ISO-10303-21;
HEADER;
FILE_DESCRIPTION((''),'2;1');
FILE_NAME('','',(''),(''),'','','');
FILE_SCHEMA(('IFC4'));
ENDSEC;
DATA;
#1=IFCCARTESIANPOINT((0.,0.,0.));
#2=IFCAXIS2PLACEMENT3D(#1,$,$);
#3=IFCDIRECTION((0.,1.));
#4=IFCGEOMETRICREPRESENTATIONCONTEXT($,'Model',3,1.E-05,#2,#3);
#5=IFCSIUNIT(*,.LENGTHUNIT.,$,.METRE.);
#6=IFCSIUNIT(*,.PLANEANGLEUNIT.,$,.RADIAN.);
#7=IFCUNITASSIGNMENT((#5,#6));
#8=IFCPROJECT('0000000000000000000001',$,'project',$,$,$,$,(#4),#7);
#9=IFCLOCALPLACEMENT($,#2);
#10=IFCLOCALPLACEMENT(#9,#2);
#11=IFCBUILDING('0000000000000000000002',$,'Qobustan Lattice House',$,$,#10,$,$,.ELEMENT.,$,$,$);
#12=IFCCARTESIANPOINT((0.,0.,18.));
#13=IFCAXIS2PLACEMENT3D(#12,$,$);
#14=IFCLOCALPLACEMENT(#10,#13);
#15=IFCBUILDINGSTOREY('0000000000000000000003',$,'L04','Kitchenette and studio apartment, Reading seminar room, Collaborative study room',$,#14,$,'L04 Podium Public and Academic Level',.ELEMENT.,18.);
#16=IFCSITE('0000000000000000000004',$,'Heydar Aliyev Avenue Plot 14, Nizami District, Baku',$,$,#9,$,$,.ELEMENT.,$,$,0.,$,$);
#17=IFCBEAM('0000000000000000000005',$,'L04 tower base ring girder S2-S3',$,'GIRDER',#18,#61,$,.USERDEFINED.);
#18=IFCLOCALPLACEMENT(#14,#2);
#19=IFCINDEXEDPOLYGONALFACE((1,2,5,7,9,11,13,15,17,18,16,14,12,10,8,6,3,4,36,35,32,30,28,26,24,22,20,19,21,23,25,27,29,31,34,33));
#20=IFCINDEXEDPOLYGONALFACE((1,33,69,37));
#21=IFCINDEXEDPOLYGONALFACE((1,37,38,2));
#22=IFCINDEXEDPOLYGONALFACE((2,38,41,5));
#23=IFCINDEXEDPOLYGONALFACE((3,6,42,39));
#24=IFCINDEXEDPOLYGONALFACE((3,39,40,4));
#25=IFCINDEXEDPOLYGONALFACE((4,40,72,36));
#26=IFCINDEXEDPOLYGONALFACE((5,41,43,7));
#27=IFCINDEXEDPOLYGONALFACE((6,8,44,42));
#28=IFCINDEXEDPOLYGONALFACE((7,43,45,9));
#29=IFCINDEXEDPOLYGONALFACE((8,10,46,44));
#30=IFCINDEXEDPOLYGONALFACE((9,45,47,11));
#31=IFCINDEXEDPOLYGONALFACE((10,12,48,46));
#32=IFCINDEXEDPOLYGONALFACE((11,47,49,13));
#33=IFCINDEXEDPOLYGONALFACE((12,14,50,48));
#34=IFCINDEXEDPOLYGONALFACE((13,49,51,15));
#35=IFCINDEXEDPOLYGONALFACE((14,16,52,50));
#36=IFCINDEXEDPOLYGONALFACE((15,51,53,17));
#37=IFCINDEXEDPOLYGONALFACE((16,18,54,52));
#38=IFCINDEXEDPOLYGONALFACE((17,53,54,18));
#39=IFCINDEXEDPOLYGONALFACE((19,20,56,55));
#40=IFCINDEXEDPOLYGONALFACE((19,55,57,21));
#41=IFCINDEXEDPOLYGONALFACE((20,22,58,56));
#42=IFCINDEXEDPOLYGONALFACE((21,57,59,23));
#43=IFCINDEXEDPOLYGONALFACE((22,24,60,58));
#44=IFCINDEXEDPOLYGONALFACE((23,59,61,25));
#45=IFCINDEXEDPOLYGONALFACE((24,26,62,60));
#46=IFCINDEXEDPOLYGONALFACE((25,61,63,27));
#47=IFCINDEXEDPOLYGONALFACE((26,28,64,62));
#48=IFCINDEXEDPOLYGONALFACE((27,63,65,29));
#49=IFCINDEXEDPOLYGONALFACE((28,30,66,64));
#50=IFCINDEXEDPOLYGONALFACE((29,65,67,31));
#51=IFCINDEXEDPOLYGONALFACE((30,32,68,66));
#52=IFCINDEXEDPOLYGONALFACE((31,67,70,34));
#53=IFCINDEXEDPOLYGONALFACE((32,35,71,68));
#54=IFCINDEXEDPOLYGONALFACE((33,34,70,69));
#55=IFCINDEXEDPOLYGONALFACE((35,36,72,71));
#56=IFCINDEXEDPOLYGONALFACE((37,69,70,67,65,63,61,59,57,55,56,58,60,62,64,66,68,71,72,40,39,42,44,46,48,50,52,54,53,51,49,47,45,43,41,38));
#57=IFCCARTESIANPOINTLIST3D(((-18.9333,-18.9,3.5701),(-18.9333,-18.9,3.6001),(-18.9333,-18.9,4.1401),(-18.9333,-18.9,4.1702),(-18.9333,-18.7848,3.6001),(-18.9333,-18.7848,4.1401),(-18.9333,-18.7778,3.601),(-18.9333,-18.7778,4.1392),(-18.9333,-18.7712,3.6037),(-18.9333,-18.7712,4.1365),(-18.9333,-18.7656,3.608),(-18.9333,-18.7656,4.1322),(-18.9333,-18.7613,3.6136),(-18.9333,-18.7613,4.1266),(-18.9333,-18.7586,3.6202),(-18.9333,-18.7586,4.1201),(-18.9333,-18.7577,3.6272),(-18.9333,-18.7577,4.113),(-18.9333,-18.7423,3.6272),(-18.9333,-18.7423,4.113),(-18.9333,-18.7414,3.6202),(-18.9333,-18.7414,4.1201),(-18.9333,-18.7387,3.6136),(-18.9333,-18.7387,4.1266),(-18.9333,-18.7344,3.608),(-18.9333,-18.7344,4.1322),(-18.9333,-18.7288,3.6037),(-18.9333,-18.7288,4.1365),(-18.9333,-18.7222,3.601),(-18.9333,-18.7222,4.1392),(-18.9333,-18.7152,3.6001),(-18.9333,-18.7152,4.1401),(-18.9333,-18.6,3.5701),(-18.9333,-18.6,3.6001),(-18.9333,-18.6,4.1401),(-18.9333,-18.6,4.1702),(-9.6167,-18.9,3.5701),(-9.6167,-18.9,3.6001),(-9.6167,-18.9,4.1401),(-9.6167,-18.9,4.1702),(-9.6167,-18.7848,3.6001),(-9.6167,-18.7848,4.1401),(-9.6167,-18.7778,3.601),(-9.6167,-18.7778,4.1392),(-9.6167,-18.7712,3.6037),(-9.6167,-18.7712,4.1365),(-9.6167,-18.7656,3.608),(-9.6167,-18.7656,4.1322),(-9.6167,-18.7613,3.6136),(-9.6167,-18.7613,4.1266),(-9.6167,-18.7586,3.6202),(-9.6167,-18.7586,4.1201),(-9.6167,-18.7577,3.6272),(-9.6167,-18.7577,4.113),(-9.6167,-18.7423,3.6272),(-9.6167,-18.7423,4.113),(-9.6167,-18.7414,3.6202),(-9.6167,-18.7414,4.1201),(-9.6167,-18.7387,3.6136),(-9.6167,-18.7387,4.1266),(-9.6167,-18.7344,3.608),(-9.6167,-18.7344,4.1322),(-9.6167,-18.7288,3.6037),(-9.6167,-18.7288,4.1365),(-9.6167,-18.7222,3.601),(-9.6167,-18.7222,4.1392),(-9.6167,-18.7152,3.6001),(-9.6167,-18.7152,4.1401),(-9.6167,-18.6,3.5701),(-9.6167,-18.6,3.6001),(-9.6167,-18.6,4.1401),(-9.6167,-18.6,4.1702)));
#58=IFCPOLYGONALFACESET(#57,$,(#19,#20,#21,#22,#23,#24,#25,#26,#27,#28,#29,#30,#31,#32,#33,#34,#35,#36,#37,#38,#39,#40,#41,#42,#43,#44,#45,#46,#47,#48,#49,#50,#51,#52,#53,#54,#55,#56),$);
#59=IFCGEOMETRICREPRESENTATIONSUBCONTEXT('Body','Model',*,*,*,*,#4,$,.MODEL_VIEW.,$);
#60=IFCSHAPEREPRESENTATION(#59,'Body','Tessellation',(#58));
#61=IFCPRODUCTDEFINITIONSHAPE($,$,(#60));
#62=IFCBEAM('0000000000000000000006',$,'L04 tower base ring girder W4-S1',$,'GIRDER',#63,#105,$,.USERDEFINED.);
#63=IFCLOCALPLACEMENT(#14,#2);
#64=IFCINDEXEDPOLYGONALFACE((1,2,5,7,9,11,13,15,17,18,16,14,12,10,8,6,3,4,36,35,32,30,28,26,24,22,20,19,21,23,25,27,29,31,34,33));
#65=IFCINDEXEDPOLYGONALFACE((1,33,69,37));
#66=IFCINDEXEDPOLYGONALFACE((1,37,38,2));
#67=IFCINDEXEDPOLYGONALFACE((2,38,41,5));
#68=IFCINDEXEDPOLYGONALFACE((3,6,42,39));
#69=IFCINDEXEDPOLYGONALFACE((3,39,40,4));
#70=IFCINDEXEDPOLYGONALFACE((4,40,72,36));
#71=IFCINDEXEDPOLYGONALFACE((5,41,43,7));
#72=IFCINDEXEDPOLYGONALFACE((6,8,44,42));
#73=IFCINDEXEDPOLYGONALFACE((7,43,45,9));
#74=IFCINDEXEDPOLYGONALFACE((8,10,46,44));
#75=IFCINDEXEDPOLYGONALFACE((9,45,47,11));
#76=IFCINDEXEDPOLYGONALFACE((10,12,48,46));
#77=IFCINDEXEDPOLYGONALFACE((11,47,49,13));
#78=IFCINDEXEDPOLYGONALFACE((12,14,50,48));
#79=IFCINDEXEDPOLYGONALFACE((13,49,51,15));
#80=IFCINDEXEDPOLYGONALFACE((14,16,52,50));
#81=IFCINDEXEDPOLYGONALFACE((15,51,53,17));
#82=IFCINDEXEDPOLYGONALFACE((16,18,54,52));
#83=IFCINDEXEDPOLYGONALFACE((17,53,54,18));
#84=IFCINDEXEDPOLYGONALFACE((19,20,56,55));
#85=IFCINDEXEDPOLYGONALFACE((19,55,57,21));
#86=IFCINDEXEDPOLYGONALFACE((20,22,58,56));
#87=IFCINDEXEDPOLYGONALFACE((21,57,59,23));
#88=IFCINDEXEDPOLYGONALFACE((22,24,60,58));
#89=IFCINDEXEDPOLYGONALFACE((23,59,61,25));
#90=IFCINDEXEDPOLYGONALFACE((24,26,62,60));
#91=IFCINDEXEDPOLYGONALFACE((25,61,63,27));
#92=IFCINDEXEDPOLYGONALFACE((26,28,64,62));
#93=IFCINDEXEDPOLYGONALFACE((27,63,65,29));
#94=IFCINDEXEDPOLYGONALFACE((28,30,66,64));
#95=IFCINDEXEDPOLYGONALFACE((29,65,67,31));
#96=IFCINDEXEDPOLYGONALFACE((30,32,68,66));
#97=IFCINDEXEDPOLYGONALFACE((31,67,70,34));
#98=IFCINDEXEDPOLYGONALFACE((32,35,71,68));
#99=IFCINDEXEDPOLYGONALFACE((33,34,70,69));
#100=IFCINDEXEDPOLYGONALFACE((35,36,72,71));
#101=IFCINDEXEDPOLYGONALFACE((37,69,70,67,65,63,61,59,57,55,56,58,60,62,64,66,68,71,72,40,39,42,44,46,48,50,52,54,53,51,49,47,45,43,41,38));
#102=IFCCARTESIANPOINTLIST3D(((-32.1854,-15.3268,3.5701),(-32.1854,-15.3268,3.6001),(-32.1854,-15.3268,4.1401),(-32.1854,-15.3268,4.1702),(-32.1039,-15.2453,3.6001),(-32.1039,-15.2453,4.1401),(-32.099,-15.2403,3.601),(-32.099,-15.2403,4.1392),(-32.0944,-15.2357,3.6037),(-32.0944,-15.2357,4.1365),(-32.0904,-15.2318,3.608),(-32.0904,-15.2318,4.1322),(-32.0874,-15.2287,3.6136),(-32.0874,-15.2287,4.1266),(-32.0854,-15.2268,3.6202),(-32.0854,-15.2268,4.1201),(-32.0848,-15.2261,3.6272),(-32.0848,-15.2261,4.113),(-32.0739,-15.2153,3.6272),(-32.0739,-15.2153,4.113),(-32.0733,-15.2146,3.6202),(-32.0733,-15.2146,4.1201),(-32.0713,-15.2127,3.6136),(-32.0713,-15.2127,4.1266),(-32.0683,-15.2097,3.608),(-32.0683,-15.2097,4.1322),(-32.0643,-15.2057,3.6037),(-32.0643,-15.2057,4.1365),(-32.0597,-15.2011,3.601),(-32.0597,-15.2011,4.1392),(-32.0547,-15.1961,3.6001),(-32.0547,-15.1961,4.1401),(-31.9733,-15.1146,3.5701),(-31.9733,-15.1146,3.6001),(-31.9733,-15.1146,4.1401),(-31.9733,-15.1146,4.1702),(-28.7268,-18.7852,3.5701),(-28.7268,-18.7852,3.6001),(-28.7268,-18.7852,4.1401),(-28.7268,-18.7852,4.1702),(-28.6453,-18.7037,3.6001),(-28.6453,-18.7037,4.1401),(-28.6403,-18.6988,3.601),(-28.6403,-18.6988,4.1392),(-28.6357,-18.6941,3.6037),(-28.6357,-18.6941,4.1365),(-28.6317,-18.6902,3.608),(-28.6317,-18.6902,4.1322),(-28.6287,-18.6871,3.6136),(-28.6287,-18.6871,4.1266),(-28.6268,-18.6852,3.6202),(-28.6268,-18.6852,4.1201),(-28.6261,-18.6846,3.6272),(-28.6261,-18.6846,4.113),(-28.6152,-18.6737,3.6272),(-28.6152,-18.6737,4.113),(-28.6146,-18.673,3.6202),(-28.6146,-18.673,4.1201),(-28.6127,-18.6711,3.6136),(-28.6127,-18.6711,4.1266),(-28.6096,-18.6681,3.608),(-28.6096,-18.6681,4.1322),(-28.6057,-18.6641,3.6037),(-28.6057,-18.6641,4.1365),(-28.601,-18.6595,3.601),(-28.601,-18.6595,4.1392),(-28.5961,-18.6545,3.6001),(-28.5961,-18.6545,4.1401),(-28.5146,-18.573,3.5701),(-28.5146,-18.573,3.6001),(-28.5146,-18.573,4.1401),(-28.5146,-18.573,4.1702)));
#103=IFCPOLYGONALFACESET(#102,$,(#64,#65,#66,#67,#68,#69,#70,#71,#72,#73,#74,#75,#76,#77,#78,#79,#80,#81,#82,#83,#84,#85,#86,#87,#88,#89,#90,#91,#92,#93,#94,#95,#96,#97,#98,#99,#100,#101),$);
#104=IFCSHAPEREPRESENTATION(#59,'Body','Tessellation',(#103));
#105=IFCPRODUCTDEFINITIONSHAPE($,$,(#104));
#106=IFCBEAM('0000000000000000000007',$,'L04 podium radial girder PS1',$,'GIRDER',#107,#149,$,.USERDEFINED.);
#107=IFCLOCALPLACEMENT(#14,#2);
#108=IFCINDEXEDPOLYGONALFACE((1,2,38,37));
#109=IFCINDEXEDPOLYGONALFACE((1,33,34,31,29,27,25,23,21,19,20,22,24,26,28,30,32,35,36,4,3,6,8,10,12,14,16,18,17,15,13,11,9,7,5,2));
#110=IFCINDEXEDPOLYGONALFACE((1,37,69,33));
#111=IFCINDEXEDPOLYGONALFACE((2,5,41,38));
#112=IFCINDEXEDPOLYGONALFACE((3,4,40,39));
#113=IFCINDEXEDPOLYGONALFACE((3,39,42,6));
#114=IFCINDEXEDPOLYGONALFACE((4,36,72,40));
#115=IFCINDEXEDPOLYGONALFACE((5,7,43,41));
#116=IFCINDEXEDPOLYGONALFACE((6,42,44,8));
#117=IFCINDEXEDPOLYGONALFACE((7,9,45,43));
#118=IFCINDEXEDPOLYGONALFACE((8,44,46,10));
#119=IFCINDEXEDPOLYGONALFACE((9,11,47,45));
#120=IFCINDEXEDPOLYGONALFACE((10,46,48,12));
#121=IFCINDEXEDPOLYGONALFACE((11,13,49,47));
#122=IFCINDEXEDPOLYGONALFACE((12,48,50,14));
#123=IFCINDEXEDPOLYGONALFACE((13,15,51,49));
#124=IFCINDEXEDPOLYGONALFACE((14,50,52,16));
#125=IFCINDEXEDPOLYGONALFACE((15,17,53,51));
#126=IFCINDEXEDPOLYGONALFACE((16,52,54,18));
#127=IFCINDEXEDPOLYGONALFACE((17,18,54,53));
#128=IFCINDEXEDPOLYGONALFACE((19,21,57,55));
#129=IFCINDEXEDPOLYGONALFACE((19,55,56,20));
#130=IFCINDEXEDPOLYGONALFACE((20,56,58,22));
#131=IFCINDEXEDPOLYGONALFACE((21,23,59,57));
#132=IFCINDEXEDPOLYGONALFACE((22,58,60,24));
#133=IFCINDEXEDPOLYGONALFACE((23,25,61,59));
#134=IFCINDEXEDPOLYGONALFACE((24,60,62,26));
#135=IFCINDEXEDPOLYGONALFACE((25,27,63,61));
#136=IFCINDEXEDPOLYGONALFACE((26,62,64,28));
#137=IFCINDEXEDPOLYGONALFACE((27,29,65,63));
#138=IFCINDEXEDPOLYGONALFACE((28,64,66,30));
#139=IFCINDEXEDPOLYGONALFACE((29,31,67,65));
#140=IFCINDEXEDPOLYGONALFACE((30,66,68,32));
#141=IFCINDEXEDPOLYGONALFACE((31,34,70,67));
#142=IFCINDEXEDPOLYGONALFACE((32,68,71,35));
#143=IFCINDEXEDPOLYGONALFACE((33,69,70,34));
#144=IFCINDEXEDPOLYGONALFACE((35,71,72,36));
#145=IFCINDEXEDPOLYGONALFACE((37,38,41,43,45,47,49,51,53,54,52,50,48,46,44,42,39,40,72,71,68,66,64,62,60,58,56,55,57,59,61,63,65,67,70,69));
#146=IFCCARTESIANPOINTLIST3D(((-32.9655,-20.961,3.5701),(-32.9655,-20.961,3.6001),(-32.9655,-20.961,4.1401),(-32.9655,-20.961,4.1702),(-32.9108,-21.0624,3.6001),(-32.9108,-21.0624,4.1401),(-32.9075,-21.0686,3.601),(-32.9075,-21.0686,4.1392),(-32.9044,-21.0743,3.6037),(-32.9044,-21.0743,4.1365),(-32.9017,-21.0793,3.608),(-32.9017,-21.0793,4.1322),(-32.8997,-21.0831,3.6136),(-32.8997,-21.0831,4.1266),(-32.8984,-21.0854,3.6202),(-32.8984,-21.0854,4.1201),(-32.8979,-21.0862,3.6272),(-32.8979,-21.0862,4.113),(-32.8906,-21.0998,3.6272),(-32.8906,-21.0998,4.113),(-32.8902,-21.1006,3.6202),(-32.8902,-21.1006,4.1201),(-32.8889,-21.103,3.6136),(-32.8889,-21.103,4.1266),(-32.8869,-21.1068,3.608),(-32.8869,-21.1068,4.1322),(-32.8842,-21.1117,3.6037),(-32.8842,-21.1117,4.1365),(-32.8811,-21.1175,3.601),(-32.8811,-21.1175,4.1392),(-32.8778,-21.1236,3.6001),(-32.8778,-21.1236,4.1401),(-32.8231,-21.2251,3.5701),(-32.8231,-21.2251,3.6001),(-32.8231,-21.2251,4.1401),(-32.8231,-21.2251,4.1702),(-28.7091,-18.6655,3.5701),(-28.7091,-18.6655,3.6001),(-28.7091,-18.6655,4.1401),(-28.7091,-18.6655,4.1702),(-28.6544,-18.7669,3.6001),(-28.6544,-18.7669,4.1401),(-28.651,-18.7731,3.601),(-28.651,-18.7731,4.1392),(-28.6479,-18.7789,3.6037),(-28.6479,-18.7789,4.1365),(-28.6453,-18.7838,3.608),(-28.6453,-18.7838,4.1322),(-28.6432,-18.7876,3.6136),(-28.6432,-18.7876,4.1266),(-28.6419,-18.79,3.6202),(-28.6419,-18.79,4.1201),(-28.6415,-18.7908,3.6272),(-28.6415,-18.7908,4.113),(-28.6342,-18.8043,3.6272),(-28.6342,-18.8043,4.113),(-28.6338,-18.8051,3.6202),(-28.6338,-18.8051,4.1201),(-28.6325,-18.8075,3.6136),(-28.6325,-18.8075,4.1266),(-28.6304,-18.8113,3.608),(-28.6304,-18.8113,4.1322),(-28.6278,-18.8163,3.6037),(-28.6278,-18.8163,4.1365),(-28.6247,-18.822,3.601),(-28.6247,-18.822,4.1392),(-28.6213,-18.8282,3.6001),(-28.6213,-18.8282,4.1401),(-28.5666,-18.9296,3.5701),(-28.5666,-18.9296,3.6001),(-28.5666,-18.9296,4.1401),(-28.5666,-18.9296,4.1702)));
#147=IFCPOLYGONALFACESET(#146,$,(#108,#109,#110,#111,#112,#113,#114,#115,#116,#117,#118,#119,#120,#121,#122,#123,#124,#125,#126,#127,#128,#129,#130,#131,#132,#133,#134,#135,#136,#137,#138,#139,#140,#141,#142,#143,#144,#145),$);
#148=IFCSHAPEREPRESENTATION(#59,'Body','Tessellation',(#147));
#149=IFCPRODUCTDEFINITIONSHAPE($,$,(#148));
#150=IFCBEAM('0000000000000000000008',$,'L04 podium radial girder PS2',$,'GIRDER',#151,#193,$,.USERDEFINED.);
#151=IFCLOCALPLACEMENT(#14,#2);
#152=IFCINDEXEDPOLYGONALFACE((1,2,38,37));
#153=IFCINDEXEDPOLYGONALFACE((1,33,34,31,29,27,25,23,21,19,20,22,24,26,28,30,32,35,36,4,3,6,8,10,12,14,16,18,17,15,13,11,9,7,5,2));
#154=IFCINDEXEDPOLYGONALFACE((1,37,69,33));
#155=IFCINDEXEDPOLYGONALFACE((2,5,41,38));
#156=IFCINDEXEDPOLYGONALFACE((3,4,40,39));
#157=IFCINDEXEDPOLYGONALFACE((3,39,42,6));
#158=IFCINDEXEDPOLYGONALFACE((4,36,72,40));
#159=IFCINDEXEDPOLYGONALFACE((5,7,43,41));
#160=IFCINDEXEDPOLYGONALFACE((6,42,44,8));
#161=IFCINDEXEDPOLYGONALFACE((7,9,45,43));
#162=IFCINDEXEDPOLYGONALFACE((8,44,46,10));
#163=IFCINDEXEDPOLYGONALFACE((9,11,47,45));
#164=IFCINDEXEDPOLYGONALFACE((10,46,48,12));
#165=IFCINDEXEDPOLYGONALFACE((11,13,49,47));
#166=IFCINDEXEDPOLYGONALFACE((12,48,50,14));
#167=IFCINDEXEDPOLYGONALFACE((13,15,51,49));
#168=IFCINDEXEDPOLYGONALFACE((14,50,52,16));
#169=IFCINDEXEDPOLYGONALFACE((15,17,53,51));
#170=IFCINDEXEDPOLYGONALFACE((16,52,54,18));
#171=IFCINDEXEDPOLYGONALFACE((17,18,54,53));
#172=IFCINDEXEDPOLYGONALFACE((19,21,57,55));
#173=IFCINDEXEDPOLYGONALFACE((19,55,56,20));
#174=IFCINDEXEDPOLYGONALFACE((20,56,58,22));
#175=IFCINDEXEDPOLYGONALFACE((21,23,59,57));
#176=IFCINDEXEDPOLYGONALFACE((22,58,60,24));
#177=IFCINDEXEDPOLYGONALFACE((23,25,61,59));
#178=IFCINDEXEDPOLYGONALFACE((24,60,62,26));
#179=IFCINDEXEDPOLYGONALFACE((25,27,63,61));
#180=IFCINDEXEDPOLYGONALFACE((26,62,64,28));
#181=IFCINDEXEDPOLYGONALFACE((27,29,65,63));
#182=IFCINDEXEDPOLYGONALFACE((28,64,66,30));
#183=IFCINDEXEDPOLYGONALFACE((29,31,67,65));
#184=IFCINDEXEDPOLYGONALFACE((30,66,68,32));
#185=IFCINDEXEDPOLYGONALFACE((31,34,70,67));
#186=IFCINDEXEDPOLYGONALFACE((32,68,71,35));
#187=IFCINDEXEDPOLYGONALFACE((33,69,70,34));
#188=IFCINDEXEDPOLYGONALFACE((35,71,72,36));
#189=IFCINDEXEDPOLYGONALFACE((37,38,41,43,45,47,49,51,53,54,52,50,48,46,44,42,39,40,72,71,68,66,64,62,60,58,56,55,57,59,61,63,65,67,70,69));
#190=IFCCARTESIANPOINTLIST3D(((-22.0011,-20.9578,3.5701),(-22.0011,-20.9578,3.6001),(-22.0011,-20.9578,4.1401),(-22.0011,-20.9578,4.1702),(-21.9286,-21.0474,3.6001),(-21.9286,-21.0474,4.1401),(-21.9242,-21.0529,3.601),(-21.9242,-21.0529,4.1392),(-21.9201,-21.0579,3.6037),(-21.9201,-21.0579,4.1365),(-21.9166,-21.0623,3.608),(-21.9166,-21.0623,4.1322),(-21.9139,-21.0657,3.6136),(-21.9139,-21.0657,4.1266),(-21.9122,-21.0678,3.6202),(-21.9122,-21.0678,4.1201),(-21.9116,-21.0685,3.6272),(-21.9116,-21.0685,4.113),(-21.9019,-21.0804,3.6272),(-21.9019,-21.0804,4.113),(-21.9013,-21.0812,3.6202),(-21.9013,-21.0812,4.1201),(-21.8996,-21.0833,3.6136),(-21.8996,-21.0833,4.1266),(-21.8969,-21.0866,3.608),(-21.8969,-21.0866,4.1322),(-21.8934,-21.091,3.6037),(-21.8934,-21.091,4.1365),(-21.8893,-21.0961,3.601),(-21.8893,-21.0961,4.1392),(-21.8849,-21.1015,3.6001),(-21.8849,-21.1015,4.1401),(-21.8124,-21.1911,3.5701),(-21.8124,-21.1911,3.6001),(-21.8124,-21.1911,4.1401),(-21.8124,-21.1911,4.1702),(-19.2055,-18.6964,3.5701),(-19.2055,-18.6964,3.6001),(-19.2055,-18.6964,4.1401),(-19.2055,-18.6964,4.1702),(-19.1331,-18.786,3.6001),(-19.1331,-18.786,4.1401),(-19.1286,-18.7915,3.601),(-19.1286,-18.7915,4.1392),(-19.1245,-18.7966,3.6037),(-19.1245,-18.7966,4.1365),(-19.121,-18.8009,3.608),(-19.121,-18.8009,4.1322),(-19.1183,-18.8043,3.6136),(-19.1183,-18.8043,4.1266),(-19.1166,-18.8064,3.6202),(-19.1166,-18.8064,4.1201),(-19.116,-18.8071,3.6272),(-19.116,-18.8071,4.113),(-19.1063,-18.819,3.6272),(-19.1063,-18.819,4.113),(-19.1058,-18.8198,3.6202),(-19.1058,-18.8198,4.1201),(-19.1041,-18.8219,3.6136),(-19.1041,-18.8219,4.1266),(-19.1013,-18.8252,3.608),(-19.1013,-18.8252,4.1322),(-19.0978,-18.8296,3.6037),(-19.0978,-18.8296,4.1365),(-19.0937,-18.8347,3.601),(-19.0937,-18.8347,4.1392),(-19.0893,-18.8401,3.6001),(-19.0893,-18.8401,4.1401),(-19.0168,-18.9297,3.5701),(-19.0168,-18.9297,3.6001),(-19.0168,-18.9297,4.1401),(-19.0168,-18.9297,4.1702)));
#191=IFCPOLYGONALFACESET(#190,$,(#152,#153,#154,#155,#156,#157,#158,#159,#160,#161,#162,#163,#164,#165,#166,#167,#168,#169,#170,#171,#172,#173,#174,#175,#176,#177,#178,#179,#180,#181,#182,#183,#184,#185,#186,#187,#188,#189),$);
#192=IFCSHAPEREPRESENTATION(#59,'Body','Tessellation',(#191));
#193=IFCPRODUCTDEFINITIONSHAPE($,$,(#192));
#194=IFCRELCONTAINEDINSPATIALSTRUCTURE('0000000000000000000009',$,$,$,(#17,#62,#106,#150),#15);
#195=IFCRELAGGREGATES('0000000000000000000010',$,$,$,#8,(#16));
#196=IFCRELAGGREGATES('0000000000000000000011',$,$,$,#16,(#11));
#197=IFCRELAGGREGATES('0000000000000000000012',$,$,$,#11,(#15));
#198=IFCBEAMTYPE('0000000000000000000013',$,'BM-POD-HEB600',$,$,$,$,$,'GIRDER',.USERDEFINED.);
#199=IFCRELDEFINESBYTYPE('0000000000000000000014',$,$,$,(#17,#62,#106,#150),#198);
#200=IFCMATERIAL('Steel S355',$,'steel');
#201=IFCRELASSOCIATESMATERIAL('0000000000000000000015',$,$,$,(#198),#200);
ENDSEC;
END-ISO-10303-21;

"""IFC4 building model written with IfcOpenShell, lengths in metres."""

from ifc_helpers import new_model, si_unit, direction, frame, origin, origin_2d, place, context, subcontext, project, spatial, i_section, extrude, material, material_profile, profile_set, type_object, element, save


model = new_model("IFC4")

# Units and contexts
model_context = context("Model", 3, precision=1e-05, world=origin(), true_north=direction((0.0, 1.0)))
body_context = subcontext(model_context, "Body", "Model", "MODEL_VIEW")
ifc_project = project(units=[si_unit("LENGTHUNIT", "METRE"), si_unit("PLANEANGLEUNIT", "RADIAN")], contexts=[model_context])

# Site, building, storey
site_placement = place(None, origin())
site = spatial("IfcSite", under=ifc_project, at=site_placement, Name="Heydar Aliyev Avenue Plot 14, Nizami District, Baku", CompositionType="ELEMENT", RefElevation=0.0)
building_placement = place(site_placement, origin())
building = spatial("IfcBuilding", under=site, at=building_placement, Name="Qobustan Lattice House", CompositionType="ELEMENT")
storey_placement = place(building_placement, frame((0.0, 0.0, 18.0)))
storey = spatial("IfcBuildingStorey", under=building, at=storey_placement, Name="L04", Description="Kitchenette and studio apartment, Reading seminar room, Collaborative study room", LongName="L04 Podium Public and Academic Level", CompositionType="ELEMENT", Elevation=18.0)

# Beams
ifc_material_1 = material(Name="Steel S355", Category="steel")
ifc_material_profile_1 = material_profile(ifc_material_1, i_section(OverallWidth=0.3, OverallDepth=0.6001, WebThickness=0.0154, FlangeThickness=0.03, FilletRadius=0.0271, at=origin_2d()), Name="HEB600")
ifc_profile_set_1 = profile_set([ifc_material_profile_1], Name="Steel S355")
beam_type_1 = type_object("IfcBeamType", Name="BM-POD-HEB600", ElementType="GIRDER", PredefinedType="USERDEFINED", material=ifc_profile_set_1)
for number, where, z_axis, x_axis, name in (
    (1, (-18.9333, -18.75, 3.8701), (1.0, 0.0, 0.0), (0.0, 1.0, 0.0), "L04 tower base ring girder S2-S3"),
):
    element("IfcBeam", number, at=place(storey_placement, frame(where, z_axis=z_axis, x_axis=x_axis)), inside=storey, type_object=beam_type_1, Name=name, ObjectType="GIRDER", PredefinedType="USERDEFINED", context=body_context, shape_type="SweptSolid", body=[
        extrude(i_section(OverallWidth=0.3, OverallDepth=0.6001, WebThickness=0.0154, FlangeThickness=0.03, FilletRadius=0.0271, at=origin_2d()), origin(), (0.0, 0.0, 1.0), 9.3167),
    ])
beam_1_placement = place(storey_placement, frame((-32.0793, -15.2207, 3.8701), z_axis=(0.707132, -0.707082, 0.0), x_axis=(0.707082, 0.707132, 0.0)))
element("IfcBeam", 2, at=beam_1_placement, inside=storey, type_object=beam_type_1, Name="L04 tower base ring girder W4-S1", ObjectType="GIRDER", PredefinedType="USERDEFINED", context=body_context, shape_type="SweptSolid", body=[
    extrude(i_section(OverallWidth=0.3, OverallDepth=0.6001, WebThickness=0.0154, FlangeThickness=0.03, FilletRadius=0.0271, at=origin_2d()), origin(), (0.0, 0.0, 1.0), 4.8911),
])
beam_2_placement = place(storey_placement, frame((-32.8943, -21.093, 3.8701), z_axis=(0.880166, 0.474666, 0.0), x_axis=(-0.474666, 0.880166, 0.0)))
element("IfcBeam", 3, at=beam_2_placement, inside=storey, type_object=beam_type_1, Name="L04 podium radial girder PS1", ObjectType="GIRDER", PredefinedType="USERDEFINED", context=body_context, shape_type="SweptSolid", body=[
    extrude(i_section(OverallWidth=0.3, OverallDepth=0.6001, WebThickness=0.0154, FlangeThickness=0.03, FilletRadius=0.0271, at=origin_2d()), origin(), (0.0, 0.0, 1.0), 4.8359),
])
beam_3_placement = place(storey_placement, frame((-21.9067, -21.0745, 3.8701), z_axis=(0.777473, 0.628917, 0.0), x_axis=(-0.628917, 0.777473, 0.0)))
element("IfcBeam", 4, at=beam_3_placement, inside=storey, type_object=beam_type_1, Name="L04 podium radial girder PS2", ObjectType="GIRDER", PredefinedType="USERDEFINED", context=body_context, shape_type="SweptSolid", body=[
    extrude(i_section(OverallWidth=0.3, OverallDepth=0.6001, WebThickness=0.0154, FlangeThickness=0.03, FilletRadius=0.0271, at=origin_2d()), origin(), (0.0, 0.0, 1.0), 3.5957),
])

save(model, "model.ifc")
